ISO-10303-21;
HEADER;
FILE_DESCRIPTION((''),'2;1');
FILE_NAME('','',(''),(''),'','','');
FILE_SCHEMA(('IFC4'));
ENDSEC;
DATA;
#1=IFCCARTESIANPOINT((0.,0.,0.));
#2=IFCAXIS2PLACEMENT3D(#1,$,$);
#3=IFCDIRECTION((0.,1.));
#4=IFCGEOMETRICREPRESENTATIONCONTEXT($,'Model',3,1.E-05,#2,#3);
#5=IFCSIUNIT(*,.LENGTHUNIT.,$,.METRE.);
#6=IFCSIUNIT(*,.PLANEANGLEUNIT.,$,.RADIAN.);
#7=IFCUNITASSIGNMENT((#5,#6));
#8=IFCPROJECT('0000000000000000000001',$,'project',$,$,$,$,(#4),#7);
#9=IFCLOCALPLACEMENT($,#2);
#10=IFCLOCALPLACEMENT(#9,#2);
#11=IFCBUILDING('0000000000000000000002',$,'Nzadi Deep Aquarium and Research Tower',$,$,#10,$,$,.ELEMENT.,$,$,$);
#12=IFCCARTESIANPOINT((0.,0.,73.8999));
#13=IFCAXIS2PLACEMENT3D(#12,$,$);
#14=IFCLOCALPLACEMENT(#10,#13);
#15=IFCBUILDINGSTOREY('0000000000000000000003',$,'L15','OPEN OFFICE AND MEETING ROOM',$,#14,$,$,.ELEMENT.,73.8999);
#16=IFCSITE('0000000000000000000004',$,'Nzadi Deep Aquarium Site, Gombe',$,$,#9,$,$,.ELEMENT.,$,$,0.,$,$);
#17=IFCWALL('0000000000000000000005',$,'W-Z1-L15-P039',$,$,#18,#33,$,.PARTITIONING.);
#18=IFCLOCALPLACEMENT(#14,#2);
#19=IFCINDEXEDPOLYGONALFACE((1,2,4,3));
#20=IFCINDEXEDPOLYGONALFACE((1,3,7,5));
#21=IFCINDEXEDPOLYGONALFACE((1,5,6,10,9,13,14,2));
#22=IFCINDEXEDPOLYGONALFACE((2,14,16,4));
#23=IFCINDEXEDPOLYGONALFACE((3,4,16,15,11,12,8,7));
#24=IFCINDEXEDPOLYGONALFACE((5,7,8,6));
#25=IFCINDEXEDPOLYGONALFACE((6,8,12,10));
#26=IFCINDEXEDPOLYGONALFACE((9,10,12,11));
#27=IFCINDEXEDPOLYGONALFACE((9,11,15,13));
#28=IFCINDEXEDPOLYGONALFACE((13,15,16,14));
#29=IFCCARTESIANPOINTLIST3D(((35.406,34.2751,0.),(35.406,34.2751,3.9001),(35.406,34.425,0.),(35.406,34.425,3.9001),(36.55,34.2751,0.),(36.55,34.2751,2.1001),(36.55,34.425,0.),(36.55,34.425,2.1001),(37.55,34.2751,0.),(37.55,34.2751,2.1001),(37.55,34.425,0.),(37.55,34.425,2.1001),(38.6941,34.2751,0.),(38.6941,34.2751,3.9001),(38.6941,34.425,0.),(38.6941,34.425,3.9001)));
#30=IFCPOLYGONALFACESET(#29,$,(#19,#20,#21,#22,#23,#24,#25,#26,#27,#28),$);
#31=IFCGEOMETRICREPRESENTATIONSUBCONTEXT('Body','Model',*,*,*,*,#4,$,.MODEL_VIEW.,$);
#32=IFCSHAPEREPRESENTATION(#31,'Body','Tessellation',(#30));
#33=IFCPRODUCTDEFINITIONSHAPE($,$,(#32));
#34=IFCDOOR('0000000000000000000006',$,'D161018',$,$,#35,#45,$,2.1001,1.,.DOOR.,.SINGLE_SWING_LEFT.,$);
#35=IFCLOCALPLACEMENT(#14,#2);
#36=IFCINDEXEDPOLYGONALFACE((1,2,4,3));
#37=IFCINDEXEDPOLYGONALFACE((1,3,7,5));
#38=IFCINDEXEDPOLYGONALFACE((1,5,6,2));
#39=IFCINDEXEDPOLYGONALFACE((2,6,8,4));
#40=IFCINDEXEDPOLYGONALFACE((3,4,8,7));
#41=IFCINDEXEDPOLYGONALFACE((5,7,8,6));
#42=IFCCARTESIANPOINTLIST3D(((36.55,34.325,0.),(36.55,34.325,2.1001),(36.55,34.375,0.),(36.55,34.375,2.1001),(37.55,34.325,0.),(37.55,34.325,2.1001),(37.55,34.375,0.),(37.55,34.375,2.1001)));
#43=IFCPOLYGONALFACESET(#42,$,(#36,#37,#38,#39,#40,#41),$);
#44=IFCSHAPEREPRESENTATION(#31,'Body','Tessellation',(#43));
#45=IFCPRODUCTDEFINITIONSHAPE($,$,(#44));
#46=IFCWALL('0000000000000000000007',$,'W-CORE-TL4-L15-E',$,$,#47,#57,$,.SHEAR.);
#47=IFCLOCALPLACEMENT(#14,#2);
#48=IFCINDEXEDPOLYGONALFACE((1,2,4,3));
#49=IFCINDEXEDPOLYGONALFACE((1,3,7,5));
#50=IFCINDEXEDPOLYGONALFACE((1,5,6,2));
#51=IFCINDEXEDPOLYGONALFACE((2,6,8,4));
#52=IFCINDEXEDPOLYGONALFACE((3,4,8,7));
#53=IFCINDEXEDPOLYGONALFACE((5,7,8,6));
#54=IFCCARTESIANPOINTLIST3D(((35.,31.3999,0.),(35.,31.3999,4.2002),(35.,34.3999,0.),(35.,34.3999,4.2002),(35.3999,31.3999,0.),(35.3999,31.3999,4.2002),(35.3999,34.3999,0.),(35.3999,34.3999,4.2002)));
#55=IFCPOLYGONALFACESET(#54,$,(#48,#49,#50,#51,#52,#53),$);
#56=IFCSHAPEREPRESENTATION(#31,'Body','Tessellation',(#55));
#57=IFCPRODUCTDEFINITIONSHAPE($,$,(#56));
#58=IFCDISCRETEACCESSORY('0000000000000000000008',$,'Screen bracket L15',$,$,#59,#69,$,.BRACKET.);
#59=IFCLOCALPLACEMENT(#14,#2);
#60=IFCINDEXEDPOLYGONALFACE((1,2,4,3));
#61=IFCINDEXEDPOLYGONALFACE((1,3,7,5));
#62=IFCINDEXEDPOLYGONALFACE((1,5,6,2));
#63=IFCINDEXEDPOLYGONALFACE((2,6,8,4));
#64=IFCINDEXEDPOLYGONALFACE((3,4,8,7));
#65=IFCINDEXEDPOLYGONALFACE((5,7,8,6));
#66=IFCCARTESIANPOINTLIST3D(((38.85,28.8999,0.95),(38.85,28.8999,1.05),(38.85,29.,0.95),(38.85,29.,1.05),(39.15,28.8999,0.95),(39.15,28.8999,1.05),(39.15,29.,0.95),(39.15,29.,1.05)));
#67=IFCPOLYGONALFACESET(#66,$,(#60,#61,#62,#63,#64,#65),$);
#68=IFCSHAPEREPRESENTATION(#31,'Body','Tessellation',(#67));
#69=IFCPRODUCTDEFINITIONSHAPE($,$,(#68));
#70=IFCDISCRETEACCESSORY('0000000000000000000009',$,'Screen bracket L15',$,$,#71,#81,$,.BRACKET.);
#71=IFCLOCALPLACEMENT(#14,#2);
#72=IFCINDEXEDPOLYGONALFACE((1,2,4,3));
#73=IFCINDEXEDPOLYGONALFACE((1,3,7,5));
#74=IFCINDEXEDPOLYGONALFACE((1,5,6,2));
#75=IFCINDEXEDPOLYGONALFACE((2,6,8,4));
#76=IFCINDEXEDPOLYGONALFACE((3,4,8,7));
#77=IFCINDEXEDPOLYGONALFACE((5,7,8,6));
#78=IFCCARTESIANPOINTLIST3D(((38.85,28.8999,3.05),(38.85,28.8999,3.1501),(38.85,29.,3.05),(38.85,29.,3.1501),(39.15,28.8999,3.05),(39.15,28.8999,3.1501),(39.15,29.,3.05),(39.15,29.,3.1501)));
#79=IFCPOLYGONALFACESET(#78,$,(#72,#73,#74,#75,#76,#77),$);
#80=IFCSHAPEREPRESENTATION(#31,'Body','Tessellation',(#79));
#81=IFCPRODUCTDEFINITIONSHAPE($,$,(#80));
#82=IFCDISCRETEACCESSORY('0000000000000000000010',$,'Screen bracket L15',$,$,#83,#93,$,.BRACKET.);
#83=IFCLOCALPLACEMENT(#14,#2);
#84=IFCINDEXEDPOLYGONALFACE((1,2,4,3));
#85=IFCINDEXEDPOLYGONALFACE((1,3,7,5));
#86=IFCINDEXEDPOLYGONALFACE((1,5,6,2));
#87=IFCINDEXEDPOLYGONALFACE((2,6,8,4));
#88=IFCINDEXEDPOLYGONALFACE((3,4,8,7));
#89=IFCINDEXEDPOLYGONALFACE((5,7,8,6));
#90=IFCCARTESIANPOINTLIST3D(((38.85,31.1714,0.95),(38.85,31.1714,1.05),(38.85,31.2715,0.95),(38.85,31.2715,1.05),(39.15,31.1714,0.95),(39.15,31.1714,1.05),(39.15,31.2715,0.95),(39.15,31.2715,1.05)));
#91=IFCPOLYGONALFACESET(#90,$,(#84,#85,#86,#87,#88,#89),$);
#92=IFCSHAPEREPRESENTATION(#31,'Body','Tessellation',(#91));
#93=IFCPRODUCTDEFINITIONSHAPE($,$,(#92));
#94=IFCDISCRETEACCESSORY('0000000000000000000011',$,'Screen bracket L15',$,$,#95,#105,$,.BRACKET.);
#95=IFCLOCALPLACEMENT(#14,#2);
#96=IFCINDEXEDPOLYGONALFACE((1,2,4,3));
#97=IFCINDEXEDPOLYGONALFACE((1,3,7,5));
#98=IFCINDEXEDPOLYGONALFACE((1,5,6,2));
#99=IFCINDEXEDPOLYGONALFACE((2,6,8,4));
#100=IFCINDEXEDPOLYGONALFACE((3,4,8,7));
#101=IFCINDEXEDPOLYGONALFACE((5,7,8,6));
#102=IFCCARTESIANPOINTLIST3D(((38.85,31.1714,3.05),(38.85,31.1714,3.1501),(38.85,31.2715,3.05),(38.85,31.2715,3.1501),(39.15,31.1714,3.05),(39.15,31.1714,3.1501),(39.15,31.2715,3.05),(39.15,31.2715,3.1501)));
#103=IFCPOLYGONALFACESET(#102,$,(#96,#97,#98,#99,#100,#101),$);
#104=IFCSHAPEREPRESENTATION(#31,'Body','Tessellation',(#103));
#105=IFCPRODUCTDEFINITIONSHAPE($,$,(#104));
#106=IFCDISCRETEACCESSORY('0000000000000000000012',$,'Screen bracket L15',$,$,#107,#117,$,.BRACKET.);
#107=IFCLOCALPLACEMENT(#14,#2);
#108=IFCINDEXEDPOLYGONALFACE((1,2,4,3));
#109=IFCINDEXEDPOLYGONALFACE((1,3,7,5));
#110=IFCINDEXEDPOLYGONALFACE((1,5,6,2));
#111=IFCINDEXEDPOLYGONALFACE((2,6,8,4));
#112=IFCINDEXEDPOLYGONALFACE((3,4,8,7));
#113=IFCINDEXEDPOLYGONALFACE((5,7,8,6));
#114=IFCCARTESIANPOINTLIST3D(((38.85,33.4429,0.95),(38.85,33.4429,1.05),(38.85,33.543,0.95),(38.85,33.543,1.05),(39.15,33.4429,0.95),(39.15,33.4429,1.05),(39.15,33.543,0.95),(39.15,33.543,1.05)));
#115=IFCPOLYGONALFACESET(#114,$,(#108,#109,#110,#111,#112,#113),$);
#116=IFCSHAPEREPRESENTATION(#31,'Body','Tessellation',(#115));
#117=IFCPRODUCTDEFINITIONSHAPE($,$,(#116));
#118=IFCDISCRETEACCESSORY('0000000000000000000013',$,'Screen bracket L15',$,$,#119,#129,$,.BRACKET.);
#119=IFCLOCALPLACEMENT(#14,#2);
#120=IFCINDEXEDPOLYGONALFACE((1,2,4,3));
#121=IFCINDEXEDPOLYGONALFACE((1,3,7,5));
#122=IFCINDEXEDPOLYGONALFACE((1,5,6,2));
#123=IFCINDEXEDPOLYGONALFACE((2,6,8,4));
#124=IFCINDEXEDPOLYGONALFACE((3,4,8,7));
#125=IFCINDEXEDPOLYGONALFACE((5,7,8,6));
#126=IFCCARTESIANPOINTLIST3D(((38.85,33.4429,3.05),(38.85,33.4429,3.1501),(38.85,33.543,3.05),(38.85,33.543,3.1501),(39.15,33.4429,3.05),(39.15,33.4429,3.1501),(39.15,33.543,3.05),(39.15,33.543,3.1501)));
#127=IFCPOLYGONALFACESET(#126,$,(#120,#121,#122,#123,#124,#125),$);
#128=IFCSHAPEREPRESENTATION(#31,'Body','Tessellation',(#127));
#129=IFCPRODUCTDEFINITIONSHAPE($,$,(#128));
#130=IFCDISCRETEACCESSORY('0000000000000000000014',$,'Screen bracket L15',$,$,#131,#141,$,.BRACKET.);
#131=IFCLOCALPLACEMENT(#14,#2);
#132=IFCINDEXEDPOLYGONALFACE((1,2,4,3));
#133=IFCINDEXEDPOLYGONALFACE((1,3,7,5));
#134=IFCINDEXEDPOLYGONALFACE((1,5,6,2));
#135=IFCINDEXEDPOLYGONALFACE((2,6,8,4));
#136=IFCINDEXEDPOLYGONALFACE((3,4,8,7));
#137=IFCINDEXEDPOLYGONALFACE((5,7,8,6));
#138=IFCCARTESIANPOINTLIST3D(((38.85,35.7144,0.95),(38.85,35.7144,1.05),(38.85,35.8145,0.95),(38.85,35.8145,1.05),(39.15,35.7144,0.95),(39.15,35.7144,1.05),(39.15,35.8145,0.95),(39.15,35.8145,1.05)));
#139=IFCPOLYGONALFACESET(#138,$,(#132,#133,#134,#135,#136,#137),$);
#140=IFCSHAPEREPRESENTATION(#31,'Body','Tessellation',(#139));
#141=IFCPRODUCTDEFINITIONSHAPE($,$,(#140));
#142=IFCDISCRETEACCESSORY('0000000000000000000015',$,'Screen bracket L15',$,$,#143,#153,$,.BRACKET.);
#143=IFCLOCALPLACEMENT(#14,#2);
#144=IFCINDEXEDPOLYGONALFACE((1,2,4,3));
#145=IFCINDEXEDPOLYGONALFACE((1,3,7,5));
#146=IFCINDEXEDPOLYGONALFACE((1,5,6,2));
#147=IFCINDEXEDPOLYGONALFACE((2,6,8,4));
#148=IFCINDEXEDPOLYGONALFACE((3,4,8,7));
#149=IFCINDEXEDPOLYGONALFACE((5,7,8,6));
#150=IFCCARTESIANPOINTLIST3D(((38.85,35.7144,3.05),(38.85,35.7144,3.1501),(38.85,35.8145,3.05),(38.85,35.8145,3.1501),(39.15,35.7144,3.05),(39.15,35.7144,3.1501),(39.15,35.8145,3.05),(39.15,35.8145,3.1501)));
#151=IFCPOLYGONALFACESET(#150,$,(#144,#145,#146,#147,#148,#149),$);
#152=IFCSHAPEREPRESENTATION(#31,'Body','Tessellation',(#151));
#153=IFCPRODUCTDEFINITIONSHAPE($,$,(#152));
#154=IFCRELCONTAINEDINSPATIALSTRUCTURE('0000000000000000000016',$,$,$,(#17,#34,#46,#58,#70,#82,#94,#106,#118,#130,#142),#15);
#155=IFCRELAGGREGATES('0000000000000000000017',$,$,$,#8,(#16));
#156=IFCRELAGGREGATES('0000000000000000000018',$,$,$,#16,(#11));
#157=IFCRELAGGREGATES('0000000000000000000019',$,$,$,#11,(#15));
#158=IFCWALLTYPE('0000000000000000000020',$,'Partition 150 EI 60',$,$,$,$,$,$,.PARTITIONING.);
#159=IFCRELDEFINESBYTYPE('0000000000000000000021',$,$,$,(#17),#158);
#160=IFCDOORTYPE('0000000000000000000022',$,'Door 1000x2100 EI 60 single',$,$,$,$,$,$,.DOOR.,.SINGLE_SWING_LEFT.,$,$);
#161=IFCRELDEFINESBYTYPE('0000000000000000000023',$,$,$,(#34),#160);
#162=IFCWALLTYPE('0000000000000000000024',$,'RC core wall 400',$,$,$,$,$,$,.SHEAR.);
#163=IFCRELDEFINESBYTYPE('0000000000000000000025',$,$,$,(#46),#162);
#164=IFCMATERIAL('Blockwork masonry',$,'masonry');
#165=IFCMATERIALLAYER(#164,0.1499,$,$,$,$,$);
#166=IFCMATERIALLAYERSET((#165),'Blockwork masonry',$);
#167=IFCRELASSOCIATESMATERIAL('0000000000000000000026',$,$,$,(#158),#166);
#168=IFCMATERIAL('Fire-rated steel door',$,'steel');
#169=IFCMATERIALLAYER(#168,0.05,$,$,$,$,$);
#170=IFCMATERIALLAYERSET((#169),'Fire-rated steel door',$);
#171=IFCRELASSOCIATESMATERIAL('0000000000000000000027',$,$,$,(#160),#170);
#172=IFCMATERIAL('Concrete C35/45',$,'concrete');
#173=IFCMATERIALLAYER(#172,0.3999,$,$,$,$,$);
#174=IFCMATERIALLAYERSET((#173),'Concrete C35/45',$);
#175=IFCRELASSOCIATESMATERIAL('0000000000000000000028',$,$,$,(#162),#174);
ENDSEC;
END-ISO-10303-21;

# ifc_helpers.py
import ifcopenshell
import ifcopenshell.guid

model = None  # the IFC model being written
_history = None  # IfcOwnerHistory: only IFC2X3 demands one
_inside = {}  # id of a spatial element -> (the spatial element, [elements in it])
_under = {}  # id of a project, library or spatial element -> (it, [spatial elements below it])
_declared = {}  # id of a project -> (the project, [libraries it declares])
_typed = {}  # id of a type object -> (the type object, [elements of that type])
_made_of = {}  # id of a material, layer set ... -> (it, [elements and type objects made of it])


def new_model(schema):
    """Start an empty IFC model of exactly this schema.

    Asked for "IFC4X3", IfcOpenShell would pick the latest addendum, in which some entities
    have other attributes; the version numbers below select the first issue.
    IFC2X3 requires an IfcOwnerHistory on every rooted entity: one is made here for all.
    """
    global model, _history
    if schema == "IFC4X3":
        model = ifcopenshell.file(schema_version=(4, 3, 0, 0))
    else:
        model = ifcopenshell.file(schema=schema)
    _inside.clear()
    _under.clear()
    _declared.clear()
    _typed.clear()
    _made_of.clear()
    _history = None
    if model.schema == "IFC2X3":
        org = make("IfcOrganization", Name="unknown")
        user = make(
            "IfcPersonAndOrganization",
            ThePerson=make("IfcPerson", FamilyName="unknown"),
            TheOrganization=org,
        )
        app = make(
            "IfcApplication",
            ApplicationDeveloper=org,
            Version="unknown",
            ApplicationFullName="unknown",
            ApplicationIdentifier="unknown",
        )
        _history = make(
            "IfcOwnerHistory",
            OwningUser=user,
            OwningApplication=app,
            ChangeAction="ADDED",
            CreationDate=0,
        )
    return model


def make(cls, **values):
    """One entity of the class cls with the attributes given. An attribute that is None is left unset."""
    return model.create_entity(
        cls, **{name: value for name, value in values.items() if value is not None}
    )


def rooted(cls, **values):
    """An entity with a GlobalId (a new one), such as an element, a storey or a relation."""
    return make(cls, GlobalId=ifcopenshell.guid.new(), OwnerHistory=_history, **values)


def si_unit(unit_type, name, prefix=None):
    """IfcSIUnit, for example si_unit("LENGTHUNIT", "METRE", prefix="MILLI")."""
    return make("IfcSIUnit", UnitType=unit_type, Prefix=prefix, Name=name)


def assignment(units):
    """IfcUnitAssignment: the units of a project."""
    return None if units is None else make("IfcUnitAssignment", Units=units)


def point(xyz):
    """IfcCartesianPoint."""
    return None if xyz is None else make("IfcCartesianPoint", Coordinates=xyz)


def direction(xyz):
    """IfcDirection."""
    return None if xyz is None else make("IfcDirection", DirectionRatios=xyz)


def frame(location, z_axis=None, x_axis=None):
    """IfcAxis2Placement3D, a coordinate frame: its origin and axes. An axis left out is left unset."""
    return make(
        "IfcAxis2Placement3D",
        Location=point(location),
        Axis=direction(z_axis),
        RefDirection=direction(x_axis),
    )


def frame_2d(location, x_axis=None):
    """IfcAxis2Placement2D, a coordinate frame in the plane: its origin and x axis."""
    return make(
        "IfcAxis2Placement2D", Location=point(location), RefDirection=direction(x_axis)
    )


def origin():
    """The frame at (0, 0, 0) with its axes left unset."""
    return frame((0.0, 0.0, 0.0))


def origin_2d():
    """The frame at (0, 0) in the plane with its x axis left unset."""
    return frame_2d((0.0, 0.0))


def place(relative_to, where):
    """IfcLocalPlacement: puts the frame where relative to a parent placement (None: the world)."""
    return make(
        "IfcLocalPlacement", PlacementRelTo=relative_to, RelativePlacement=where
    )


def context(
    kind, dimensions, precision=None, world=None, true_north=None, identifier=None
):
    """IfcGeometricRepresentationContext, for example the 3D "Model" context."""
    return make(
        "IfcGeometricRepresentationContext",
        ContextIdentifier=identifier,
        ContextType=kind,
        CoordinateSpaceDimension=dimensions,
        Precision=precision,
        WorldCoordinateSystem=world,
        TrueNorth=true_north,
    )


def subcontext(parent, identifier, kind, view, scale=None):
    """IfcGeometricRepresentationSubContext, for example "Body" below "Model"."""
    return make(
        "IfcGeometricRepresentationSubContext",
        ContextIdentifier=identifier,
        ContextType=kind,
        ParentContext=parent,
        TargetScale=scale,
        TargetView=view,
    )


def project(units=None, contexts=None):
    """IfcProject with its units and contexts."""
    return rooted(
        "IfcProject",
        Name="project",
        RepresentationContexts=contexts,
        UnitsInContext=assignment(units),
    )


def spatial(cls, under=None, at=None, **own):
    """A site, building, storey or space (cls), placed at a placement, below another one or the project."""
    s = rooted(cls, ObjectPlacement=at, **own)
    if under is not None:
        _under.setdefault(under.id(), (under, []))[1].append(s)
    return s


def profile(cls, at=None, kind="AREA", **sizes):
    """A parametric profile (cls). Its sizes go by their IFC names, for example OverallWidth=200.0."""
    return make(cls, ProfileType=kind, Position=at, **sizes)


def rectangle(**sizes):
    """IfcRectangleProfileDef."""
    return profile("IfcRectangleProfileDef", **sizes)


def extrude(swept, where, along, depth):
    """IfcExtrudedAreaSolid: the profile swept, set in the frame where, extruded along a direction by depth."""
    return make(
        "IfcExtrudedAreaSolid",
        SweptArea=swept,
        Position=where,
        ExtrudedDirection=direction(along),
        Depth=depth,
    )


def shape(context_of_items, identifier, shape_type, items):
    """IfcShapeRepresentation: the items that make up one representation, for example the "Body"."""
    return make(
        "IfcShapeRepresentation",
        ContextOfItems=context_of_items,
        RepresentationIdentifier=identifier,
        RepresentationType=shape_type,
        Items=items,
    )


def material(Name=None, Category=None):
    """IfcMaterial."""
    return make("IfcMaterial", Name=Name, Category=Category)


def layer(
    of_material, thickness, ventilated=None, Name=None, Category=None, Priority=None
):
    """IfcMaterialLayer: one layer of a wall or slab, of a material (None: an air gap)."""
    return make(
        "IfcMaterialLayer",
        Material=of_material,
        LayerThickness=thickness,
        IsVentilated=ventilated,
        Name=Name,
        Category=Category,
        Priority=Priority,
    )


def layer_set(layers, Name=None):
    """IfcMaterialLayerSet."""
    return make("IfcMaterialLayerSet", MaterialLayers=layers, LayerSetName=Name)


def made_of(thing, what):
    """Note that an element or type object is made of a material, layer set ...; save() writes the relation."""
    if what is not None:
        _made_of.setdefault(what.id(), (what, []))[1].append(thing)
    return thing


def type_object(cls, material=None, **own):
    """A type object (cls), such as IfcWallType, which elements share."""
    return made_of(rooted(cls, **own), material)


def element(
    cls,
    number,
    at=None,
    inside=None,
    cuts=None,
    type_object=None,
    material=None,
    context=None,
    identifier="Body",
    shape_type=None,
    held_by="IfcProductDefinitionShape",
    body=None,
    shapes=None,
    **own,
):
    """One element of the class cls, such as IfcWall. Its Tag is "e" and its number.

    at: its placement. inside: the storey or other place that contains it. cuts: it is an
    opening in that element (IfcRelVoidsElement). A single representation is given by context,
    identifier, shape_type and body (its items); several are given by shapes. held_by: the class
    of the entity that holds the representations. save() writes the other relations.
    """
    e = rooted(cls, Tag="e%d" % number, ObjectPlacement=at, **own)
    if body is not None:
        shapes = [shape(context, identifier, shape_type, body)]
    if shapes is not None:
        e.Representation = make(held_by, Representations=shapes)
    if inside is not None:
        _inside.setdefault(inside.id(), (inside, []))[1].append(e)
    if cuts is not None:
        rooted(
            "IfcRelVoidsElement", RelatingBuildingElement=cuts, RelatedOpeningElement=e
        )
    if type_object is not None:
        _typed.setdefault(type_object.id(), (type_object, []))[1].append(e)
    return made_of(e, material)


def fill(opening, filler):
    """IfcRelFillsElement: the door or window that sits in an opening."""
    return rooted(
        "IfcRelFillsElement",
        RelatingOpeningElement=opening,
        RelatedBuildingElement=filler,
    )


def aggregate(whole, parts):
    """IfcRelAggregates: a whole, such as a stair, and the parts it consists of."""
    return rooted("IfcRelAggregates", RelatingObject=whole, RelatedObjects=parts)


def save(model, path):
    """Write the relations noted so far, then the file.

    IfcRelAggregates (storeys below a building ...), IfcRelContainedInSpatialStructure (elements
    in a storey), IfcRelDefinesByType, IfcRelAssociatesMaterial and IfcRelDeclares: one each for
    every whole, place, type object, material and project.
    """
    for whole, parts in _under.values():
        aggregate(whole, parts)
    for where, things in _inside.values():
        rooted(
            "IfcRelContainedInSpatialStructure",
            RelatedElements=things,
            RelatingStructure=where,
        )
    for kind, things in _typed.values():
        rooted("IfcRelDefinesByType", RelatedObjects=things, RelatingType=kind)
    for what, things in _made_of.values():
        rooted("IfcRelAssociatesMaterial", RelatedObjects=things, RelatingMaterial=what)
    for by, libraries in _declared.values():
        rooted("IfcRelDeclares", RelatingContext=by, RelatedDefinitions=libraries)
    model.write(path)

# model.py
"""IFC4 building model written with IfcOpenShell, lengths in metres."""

from ifc_helpers import new_model, si_unit, direction, frame, frame_2d, origin, origin_2d, place, context, subcontext, project, spatial, rectangle, extrude, material, layer, layer_set, type_object, element, fill, save


model = new_model("IFC4")

# Units and contexts
model_context = context("Model", 3, precision=1e-05, world=origin(), true_north=direction((0.0, 1.0)))
body_context = subcontext(model_context, "Body", "Model", "MODEL_VIEW")
ifc_project = project(units=[si_unit("LENGTHUNIT", "METRE"), si_unit("PLANEANGLEUNIT", "RADIAN")], contexts=[model_context])

# Site, building, storey
site_placement = place(None, origin())
site = spatial("IfcSite", under=ifc_project, at=site_placement, Name="Nzadi Deep Aquarium Site, Gombe", CompositionType="ELEMENT", RefElevation=0.0)
building_placement = place(site_placement, origin())
building = spatial("IfcBuilding", under=site, at=building_placement, Name="Nzadi Deep Aquarium and Research Tower", CompositionType="ELEMENT")
storey_placement = place(building_placement, frame((0.0, 0.0, 73.8999)))
storey = spatial("IfcBuildingStorey", under=building, at=storey_placement, Name="L15", Description="OPEN OFFICE AND MEETING ROOM", CompositionType="ELEMENT", Elevation=73.8999)

# Shared definitions
ifc_material_1 = material(Name="Blockwork masonry", Category="masonry")
ifc_layer_1 = layer(ifc_material_1, 0.1499)
ifc_layer_set_1 = layer_set([ifc_layer_1], Name="Blockwork masonry")
wall_type_1 = type_object("IfcWallType", Name="Partition 150 EI 60", PredefinedType="PARTITIONING", material=ifc_layer_set_1)

# Wall, opening, door
wall_1_placement = place(storey_placement, frame((35.406, 34.3501, 0.0), z_axis=(0.0, 0.0, 1.0), x_axis=(1.0, 0.0, 0.0)))
wall_1 = element("IfcWall", 1, at=wall_1_placement, inside=storey, type_object=wall_type_1, Name="W-Z1-L15-P039", PredefinedType="PARTITIONING", context=body_context, shape_type="SweptSolid", body=[
    extrude(rectangle(XDim=3.2881, YDim=0.1499, at=frame_2d((1.644, 0.0))), origin(), (0.0, 0.0, 1.0), 3.9001),
])
opening_1_placement = place(wall_1_placement, frame((1.144, 0.0, 0.0)))
opening_1 = element("IfcOpeningElement", 2, at=opening_1_placement, cuts=wall_1, PredefinedType="OPENING", context=body_context, shape_type="SweptSolid", body=[
    extrude(rectangle(XDim=1.0, YDim=2.1001, at=frame_2d((0.5, 1.05))), frame((0.0, 0.085, 0.0), z_axis=(0.0, -1.0, 0.0), x_axis=(1.0, 0.0, 0.0)), (0.0, 0.0, 1.0), 0.1699),
])
ifc_material_2 = material(Name="Fire-rated steel door", Category="steel")
ifc_layer_2 = layer(ifc_material_2, 0.05)
ifc_layer_set_2 = layer_set([ifc_layer_2], Name="Fire-rated steel door")
door_type = type_object("IfcDoorType", Name="Door 1000x2100 EI 60 single", OperationType="SINGLE_SWING_LEFT", PredefinedType="DOOR", material=ifc_layer_set_2)
door_placement = place(opening_1_placement, origin())
door = element("IfcDoor", 3, at=door_placement, inside=storey, type_object=door_type, Name="D161018", OperationType="SINGLE_SWING_LEFT", OverallHeight=2.1001, OverallWidth=1.0, PredefinedType="DOOR", context=body_context, shape_type="SweptSolid", body=[
    extrude(rectangle(XDim=1.0, YDim=2.1001, at=frame_2d((0.5, 1.05))), frame((0.0, 0.0249, 0.0), z_axis=(0.0, -1.0, 0.0), x_axis=(1.0, 0.0, 0.0)), (0.0, 0.0, 1.0), 0.05),
])
fill(opening_1, door)

# Wall
ifc_material_3 = material(Name="Concrete C35/45", Category="concrete")
ifc_layer_3 = layer(ifc_material_3, 0.3999)
ifc_layer_set_3 = layer_set([ifc_layer_3], Name="Concrete C35/45")
wall_type_2 = type_object("IfcWallType", Name="RC core wall 400", PredefinedType="SHEAR", material=ifc_layer_set_3)
wall_2_placement = place(storey_placement, frame((35.2, 31.3999, 0.0), z_axis=(0.0, 0.0, 1.0), x_axis=(0.0, 1.0, 0.0)))
element("IfcWall", 4, at=wall_2_placement, inside=storey, type_object=wall_type_2, Name="W-CORE-TL4-L15-E", PredefinedType="SHEAR", context=body_context, shape_type="SweptSolid", body=[
    extrude(rectangle(XDim=3.0, YDim=0.3999, at=frame_2d((1.5, 0.0))), origin(), (0.0, 0.0, 1.0), 4.2002),
])

# Discrete accessories
for number, where, z_axis, x_axis, name in (
    (5, (39.0, 28.95, 0.95), (0.0, 0.0, 1.0), (1.0, 0.0, 0.0), "Screen bracket L15"),
    (6, (39.0, 28.95, 3.05), (0.0, 0.0, 1.0), (1.0, 0.0, 0.0), "Screen bracket L15"),
    (7, (39.0, 31.2214, 0.95), (0.0, 0.0, 1.0), (1.0, 0.0, 0.0), "Screen bracket L15"),
    (8, (39.0, 31.2214, 3.05), (0.0, 0.0, 1.0), (1.0, 0.0, 0.0), "Screen bracket L15"),
    (9, (39.0, 33.4929, 0.95), (0.0, 0.0, 1.0), (1.0, 0.0, 0.0), "Screen bracket L15"),
    (10, (39.0, 33.4929, 3.05), (0.0, 0.0, 1.0), (1.0, 0.0, 0.0), "Screen bracket L15"),
    (11, (39.0, 35.7644, 0.95), (0.0, 0.0, 1.0), (1.0, 0.0, 0.0), "Screen bracket L15"),
    (12, (39.0, 35.7644, 3.05), (0.0, 0.0, 1.0), (1.0, 0.0, 0.0), "Screen bracket L15"),
):
    element("IfcDiscreteAccessory", number, at=place(storey_placement, frame(where, z_axis=z_axis, x_axis=x_axis)), inside=storey, Name=name, PredefinedType="BRACKET", context=body_context, shape_type="SweptSolid", body=[
        extrude(rectangle(XDim=0.3, YDim=0.1001, at=origin_2d()), origin(), (0.0, 0.0, 1.0), 0.1001),
    ])

save(model, "model.ifc")
